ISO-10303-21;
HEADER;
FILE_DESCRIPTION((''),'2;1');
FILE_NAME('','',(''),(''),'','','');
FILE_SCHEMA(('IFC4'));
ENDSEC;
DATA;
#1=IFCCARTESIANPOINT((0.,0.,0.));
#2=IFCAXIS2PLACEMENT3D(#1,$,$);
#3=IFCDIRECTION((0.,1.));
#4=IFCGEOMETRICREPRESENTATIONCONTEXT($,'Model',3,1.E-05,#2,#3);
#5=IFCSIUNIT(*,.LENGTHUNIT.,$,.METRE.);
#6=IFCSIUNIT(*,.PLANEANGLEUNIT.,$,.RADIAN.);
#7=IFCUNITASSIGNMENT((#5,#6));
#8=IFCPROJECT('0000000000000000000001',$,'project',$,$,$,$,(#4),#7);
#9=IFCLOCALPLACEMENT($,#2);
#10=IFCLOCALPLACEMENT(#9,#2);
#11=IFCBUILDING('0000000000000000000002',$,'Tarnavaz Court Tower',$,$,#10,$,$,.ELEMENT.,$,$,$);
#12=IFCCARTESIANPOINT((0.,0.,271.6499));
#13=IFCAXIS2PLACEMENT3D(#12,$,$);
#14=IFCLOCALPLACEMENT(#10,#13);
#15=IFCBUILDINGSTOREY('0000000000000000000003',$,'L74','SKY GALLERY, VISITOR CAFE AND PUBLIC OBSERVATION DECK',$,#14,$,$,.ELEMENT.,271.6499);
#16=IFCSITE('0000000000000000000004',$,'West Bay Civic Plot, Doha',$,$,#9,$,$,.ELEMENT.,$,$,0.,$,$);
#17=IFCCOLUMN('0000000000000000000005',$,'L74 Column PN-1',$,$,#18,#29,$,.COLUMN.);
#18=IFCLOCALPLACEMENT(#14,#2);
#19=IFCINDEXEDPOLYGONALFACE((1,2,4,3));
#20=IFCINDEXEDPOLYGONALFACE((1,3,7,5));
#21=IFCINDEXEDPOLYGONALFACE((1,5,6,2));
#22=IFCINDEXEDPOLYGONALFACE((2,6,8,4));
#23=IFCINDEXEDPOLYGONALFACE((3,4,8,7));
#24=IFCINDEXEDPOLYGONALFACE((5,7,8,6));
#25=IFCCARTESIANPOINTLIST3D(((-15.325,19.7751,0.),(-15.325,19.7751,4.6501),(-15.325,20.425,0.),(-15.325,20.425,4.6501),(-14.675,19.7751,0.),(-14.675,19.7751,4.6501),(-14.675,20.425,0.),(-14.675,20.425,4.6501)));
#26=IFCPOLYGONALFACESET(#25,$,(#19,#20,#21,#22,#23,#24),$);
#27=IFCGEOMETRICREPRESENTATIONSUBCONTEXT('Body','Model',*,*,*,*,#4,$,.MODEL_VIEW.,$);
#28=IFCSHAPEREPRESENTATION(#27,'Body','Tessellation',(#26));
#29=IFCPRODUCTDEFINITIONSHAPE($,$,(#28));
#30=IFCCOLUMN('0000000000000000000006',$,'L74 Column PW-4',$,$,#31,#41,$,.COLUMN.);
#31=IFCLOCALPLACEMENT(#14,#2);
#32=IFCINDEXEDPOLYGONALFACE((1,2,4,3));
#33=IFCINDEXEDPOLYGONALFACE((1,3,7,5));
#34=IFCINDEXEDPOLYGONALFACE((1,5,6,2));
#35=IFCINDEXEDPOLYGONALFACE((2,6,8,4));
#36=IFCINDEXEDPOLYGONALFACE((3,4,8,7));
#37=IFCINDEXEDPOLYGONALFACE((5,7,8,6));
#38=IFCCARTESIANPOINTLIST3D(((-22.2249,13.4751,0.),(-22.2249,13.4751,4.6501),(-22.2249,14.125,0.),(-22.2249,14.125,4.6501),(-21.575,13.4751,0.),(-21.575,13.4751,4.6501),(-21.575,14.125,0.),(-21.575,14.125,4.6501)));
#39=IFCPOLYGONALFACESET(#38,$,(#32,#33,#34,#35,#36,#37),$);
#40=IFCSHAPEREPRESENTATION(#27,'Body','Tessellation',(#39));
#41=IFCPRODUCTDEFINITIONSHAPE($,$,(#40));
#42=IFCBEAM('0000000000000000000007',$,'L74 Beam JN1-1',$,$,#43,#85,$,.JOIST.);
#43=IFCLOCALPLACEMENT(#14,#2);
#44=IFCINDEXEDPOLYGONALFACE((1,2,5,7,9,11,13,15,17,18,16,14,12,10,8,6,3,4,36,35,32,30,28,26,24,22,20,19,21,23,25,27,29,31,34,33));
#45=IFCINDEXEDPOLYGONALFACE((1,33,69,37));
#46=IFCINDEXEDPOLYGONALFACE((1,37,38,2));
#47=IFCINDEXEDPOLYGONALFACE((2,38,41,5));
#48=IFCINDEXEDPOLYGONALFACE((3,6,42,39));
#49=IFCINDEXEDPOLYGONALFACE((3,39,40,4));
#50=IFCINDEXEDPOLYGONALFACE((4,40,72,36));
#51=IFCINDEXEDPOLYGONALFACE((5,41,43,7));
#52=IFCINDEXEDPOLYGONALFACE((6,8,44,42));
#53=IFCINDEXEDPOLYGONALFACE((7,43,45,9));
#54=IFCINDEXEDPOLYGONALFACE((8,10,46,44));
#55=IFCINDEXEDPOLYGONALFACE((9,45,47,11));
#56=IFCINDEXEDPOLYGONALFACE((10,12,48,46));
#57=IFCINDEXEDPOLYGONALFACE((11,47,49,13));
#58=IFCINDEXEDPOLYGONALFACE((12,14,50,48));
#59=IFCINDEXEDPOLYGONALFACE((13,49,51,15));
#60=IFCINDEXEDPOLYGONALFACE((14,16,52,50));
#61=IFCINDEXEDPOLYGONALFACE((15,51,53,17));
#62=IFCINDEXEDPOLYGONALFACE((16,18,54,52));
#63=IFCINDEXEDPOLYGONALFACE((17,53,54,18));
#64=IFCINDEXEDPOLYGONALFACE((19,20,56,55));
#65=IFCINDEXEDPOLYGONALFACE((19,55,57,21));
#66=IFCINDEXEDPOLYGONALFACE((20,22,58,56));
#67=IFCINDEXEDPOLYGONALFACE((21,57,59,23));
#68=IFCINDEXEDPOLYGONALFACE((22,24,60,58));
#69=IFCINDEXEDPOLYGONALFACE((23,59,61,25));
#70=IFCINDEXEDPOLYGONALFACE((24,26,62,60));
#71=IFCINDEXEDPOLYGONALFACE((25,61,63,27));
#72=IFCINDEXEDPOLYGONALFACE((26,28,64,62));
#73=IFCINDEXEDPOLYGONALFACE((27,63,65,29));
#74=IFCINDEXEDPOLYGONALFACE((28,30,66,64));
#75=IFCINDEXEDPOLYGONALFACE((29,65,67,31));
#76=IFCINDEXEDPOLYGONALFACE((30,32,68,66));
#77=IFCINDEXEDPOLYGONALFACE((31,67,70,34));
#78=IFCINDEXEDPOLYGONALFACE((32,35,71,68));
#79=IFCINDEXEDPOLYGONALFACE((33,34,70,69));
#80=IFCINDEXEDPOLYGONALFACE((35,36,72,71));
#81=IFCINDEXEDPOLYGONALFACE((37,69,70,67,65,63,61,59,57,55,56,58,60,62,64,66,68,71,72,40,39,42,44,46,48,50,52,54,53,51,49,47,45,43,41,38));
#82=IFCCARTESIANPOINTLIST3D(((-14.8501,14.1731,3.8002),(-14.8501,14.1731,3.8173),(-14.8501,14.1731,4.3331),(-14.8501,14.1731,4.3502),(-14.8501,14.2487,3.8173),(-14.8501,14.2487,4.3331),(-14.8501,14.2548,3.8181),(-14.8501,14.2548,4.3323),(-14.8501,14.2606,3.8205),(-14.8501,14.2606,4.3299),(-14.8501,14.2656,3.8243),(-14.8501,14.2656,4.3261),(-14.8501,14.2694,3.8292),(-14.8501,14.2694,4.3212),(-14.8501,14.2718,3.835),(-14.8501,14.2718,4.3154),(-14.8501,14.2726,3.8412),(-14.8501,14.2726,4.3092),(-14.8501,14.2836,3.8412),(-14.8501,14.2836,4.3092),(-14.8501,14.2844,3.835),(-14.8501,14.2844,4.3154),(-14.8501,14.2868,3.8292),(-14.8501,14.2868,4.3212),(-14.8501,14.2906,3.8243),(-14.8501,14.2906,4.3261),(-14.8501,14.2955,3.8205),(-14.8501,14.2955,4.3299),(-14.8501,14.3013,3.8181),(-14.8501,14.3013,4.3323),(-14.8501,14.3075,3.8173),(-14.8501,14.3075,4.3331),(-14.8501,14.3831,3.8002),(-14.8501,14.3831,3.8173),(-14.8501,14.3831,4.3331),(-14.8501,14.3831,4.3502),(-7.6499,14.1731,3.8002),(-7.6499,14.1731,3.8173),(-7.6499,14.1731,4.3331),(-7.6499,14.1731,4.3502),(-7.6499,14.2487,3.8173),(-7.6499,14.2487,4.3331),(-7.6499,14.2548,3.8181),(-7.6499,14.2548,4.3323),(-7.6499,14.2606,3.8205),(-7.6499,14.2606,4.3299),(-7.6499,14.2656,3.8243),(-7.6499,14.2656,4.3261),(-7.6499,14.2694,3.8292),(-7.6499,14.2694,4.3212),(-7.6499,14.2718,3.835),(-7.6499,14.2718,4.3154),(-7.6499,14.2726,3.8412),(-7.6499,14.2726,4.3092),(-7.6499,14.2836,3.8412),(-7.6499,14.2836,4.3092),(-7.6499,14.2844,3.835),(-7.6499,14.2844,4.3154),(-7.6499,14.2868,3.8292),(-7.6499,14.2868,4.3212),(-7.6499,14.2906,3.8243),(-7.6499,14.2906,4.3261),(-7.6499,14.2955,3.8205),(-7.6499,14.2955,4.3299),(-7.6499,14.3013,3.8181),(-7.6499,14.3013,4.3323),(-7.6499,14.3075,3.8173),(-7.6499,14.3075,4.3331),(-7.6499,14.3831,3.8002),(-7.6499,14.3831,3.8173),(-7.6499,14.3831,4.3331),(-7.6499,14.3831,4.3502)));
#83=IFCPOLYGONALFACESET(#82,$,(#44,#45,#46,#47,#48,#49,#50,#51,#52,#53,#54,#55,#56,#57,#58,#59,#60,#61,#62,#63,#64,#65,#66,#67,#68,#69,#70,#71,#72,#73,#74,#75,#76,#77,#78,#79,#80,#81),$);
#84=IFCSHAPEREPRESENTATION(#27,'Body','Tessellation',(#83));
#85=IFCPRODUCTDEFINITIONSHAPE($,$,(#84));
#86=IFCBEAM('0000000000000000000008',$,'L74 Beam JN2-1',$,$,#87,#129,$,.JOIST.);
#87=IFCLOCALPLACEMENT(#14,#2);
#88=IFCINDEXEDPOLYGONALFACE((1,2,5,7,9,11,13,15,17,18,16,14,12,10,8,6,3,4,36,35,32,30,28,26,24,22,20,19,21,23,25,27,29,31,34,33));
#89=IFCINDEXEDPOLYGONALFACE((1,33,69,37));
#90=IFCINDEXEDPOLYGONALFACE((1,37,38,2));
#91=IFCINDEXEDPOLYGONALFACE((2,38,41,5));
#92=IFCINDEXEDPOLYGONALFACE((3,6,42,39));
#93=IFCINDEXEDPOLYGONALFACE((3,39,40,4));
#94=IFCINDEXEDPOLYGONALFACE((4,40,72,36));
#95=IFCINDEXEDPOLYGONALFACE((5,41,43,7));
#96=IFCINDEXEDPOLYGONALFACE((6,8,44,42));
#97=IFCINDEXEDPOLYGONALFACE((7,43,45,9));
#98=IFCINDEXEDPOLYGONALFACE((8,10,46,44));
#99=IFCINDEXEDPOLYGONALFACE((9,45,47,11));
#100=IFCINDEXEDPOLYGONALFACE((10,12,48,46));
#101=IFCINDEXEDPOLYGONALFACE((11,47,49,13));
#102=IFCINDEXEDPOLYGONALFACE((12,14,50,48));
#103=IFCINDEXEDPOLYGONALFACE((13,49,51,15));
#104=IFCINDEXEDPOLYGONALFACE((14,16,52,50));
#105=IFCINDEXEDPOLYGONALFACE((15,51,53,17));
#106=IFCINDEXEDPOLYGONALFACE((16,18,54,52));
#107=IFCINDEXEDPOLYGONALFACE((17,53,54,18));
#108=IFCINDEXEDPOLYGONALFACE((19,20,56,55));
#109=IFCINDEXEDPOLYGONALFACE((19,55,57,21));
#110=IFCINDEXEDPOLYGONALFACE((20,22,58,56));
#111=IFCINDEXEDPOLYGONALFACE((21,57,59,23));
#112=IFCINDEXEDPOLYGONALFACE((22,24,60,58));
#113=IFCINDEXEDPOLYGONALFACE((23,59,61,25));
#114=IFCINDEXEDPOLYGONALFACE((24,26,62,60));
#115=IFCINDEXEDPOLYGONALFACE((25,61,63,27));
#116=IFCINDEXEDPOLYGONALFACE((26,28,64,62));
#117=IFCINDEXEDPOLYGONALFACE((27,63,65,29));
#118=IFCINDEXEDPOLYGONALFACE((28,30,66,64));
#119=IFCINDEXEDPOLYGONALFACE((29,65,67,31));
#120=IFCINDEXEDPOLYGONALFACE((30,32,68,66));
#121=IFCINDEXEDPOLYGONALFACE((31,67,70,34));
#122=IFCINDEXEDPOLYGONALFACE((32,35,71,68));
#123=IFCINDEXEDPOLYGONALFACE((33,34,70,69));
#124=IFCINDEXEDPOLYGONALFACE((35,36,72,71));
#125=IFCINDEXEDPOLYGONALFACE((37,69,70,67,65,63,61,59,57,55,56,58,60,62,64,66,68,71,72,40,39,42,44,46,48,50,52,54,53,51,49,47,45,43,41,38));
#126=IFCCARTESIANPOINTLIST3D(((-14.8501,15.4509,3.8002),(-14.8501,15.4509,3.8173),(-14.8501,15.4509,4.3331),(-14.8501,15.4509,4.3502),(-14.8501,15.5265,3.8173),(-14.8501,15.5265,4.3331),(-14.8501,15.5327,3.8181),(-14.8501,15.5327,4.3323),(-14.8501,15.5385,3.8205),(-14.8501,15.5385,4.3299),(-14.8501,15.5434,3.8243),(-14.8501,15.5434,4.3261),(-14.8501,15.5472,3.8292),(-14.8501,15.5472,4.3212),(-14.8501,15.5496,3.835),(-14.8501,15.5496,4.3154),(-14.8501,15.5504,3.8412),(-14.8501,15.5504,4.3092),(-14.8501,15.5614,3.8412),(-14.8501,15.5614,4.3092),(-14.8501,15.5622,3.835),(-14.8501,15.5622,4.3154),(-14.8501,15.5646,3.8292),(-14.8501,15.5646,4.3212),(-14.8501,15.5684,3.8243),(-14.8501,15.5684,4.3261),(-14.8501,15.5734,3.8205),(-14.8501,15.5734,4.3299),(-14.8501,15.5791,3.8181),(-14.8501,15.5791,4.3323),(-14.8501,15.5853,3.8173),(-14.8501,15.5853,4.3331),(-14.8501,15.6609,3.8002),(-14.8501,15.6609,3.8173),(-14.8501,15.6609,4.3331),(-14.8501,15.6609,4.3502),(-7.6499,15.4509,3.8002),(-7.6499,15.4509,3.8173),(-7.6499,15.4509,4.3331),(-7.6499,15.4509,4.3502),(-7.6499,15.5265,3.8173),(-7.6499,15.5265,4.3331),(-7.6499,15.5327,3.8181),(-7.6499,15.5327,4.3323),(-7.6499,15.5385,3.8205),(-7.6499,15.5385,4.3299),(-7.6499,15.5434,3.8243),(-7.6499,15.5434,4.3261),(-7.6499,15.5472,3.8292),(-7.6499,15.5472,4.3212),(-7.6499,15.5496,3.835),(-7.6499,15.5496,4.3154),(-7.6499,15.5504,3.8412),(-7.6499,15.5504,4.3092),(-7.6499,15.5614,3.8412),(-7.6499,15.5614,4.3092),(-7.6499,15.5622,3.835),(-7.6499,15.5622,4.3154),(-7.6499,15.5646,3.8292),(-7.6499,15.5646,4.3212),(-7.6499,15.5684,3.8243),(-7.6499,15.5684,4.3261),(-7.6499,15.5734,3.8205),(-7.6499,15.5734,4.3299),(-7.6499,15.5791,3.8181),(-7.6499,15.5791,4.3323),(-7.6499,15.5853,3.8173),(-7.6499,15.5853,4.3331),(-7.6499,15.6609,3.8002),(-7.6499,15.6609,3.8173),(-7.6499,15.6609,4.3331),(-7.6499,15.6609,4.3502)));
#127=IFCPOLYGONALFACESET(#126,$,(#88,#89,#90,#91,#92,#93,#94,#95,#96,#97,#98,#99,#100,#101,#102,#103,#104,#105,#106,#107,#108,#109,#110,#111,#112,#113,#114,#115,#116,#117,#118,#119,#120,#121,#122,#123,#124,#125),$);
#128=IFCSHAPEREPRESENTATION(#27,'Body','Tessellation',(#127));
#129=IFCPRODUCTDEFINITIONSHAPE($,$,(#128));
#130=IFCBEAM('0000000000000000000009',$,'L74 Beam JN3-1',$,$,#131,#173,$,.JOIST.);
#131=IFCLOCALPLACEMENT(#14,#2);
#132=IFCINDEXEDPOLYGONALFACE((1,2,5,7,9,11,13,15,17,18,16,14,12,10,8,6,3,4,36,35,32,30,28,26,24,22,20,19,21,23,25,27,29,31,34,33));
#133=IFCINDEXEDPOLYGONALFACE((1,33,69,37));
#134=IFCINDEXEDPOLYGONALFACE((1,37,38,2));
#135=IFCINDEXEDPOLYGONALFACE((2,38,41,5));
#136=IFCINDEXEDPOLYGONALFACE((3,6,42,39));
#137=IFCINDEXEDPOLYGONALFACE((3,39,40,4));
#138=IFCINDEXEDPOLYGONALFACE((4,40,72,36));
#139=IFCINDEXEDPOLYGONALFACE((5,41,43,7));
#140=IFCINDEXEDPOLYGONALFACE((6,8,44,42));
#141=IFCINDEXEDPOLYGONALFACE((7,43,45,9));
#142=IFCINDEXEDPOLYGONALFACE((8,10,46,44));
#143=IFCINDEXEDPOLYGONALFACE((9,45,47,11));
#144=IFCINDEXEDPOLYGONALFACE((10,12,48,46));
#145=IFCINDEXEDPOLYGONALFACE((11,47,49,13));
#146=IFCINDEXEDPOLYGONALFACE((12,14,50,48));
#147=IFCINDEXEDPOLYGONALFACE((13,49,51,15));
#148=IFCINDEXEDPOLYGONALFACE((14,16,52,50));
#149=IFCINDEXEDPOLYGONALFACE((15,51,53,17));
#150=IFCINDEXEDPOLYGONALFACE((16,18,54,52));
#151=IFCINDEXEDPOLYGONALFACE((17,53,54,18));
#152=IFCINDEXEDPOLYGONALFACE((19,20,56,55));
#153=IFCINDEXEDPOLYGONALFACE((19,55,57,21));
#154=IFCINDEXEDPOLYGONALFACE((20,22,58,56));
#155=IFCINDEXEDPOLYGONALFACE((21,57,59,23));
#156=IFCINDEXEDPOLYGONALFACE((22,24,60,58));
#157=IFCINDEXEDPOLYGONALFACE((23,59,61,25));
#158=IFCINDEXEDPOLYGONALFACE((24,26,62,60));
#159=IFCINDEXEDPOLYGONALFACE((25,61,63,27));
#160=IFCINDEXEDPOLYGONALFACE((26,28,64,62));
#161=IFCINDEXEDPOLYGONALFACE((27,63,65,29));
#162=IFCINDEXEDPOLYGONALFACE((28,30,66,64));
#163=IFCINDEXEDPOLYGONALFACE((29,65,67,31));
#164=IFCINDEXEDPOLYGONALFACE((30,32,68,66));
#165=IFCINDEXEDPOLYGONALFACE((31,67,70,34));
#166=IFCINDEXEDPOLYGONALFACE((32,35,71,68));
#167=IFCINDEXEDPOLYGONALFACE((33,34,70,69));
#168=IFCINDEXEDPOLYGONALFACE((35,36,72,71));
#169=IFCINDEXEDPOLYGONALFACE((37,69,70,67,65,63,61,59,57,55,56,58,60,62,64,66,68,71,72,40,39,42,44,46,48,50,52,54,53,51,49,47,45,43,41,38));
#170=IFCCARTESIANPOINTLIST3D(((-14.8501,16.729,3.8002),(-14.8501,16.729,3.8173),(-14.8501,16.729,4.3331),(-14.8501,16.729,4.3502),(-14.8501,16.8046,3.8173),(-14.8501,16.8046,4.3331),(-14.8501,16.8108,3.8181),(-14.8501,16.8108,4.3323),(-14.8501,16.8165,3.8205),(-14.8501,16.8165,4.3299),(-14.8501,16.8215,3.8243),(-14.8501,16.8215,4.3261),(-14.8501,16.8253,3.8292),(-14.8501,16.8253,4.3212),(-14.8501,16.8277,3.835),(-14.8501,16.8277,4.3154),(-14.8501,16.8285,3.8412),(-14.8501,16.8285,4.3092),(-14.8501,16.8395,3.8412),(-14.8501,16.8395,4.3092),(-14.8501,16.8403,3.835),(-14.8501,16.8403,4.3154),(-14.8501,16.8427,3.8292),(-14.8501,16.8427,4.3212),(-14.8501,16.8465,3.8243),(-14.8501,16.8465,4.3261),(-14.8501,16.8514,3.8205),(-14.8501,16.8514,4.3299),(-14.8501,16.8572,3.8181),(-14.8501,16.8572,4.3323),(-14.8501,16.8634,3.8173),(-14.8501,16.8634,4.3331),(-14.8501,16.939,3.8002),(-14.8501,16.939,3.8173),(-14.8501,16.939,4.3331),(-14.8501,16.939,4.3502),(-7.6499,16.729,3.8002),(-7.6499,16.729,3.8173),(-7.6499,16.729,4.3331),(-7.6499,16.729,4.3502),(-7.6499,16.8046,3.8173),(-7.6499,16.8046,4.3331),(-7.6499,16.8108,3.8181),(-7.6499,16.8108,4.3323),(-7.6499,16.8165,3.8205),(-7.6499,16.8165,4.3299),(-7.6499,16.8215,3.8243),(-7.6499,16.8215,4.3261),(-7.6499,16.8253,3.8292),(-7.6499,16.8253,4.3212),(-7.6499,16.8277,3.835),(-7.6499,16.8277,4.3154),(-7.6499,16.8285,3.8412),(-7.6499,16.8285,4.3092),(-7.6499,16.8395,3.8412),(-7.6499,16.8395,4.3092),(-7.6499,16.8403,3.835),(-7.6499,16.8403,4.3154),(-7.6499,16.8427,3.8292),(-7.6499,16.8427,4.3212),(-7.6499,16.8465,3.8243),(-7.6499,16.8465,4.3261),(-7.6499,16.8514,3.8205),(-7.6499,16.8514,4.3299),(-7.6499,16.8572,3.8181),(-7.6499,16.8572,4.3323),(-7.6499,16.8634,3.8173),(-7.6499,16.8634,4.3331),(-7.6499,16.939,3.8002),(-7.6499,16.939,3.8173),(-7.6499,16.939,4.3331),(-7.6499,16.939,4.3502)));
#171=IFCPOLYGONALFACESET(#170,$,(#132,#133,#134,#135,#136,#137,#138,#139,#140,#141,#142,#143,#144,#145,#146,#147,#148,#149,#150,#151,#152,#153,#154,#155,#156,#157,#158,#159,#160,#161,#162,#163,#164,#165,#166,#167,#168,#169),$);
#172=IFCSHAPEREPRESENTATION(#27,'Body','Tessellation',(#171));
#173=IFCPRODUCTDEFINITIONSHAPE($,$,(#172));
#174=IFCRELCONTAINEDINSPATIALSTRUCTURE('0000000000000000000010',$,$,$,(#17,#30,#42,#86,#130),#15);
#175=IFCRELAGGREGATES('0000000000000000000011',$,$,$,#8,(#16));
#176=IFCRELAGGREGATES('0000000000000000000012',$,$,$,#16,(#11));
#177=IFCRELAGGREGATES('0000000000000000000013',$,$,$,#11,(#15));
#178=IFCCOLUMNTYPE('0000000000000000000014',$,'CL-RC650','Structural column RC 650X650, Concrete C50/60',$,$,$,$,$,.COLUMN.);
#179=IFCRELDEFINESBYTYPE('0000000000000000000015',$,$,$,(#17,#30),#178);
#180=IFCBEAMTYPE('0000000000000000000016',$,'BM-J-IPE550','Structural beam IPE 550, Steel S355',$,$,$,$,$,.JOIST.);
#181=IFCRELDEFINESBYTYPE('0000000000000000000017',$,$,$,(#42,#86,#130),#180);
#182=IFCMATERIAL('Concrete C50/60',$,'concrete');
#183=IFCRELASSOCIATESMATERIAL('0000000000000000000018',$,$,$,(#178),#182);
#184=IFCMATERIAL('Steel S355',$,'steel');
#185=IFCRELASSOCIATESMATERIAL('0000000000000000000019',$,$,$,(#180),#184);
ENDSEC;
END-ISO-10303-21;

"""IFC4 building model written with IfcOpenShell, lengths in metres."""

from ifc_helpers import new_model, si_unit, direction, frame, origin, origin_2d, place, context, subcontext, project, spatial, rectangle, i_section, extrude, material, material_profile, profile_set, type_object, element, save


model = new_model("IFC4")

# Units and contexts
model_context = context("Model", 3, precision=1e-05, world=origin(), true_north=direction((0.0, 1.0)))
body_context = subcontext(model_context, "Body", "Model", "MODEL_VIEW")
ifc_project = project(units=[si_unit("LENGTHUNIT", "METRE"), si_unit("PLANEANGLEUNIT", "RADIAN")], contexts=[model_context])

# Site, building, storey
site_placement = place(None, origin())
site = spatial("IfcSite", under=ifc_project, at=site_placement, Name="West Bay Civic Plot, Doha", CompositionType="ELEMENT", RefElevation=0.0)
building_placement = place(site_placement, origin())
building = spatial("IfcBuilding", under=site, at=building_placement, Name="Tarnavaz Court Tower", CompositionType="ELEMENT")
storey_placement = place(building_placement, frame((0.0, 0.0, 271.6499)))
storey = spatial("IfcBuildingStorey", under=building, at=storey_placement, Name="L74", Description="SKY GALLERY, VISITOR CAFE AND PUBLIC OBSERVATION DECK", CompositionType="ELEMENT", Elevation=271.6499)

# Columns
ifc_material_1 = material(Name="Concrete C50/60", Category="concrete")
ifc_material_profile_1 = material_profile(ifc_material_1, rectangle(XDim=0.6499, YDim=0.6499, at=origin_2d()), Name="RC 650X650")
ifc_profile_set_1 = profile_set([ifc_material_profile_1], Name="Concrete C50/60")
column_type = type_object("IfcColumnType", Name="CL-RC650", Description="Structural column RC 650X650, Concrete C50/60", PredefinedType="COLUMN", material=ifc_profile_set_1)
for number, where, z_axis, x_axis, name in (
    (1, (-15.0, 20.1001, 0.0), (0.0, 0.0, 1.0), (1.0, 0.0, 0.0), "L74 Column PN-1"),
    (2, (-21.8999, 13.8, 0.0), (0.0, 0.0, 1.0), (1.0, 0.0, 0.0), "L74 Column PW-4"),
):
    element("IfcColumn", number, at=place(storey_placement, frame(where, z_axis=z_axis, x_axis=x_axis)), inside=storey, type_object=column_type, Name=name, PredefinedType="COLUMN", context=body_context, shape_type="SweptSolid", body=[
        extrude(rectangle(XDim=0.6499, YDim=0.6499, at=origin_2d()), origin(), (0.0, 0.0, 1.0), 4.6501),
    ])

# Beams
ifc_material_2 = material(Name="Steel S355", Category="steel")
ifc_material_profile_2 = material_profile(ifc_material_2, i_section(OverallWidth=0.21, OverallDepth=0.55, WebThickness=0.011, FlangeThickness=0.0171, FilletRadius=0.0239, at=origin_2d()), Name="IPE 550")
ifc_profile_set_2 = profile_set([ifc_material_profile_2], Name="Steel S355")
beam_type_1 = type_object("IfcBeamType", Name="BM-J-IPE550", Description="Structural beam IPE 550, Steel S355", PredefinedType="JOIST", material=ifc_profile_set_2)
for number, where, z_axis, x_axis, name in (
    (3, (-14.8501, 14.2781, 4.0752), (1.0, 0.0, 0.0), (0.0, 1.0, 0.0), "L74 Beam JN1-1"),
    (4, (-14.8501, 15.5559, 4.0752), (1.0, 0.0, 0.0), (0.0, 1.0, 0.0), "L74 Beam JN2-1"),
    (5, (-14.8501, 16.834, 4.0752), (1.0, 0.0, 0.0), (0.0, 1.0, 0.0), "L74 Beam JN3-1"),
):
    element("IfcBeam", number, at=place(storey_placement, frame(where, z_axis=z_axis, x_axis=x_axis)), inside=storey, type_object=beam_type_1, Name=name, PredefinedType="JOIST", context=body_context, shape_type="SweptSolid", body=[
        extrude(i_section(OverallWidth=0.21, OverallDepth=0.55, WebThickness=0.011, FlangeThickness=0.0171, FilletRadius=0.0239, at=origin_2d()), origin(), (0.0, 0.0, 1.0), 7.2002),
    ])

save(model, "model.ifc")
